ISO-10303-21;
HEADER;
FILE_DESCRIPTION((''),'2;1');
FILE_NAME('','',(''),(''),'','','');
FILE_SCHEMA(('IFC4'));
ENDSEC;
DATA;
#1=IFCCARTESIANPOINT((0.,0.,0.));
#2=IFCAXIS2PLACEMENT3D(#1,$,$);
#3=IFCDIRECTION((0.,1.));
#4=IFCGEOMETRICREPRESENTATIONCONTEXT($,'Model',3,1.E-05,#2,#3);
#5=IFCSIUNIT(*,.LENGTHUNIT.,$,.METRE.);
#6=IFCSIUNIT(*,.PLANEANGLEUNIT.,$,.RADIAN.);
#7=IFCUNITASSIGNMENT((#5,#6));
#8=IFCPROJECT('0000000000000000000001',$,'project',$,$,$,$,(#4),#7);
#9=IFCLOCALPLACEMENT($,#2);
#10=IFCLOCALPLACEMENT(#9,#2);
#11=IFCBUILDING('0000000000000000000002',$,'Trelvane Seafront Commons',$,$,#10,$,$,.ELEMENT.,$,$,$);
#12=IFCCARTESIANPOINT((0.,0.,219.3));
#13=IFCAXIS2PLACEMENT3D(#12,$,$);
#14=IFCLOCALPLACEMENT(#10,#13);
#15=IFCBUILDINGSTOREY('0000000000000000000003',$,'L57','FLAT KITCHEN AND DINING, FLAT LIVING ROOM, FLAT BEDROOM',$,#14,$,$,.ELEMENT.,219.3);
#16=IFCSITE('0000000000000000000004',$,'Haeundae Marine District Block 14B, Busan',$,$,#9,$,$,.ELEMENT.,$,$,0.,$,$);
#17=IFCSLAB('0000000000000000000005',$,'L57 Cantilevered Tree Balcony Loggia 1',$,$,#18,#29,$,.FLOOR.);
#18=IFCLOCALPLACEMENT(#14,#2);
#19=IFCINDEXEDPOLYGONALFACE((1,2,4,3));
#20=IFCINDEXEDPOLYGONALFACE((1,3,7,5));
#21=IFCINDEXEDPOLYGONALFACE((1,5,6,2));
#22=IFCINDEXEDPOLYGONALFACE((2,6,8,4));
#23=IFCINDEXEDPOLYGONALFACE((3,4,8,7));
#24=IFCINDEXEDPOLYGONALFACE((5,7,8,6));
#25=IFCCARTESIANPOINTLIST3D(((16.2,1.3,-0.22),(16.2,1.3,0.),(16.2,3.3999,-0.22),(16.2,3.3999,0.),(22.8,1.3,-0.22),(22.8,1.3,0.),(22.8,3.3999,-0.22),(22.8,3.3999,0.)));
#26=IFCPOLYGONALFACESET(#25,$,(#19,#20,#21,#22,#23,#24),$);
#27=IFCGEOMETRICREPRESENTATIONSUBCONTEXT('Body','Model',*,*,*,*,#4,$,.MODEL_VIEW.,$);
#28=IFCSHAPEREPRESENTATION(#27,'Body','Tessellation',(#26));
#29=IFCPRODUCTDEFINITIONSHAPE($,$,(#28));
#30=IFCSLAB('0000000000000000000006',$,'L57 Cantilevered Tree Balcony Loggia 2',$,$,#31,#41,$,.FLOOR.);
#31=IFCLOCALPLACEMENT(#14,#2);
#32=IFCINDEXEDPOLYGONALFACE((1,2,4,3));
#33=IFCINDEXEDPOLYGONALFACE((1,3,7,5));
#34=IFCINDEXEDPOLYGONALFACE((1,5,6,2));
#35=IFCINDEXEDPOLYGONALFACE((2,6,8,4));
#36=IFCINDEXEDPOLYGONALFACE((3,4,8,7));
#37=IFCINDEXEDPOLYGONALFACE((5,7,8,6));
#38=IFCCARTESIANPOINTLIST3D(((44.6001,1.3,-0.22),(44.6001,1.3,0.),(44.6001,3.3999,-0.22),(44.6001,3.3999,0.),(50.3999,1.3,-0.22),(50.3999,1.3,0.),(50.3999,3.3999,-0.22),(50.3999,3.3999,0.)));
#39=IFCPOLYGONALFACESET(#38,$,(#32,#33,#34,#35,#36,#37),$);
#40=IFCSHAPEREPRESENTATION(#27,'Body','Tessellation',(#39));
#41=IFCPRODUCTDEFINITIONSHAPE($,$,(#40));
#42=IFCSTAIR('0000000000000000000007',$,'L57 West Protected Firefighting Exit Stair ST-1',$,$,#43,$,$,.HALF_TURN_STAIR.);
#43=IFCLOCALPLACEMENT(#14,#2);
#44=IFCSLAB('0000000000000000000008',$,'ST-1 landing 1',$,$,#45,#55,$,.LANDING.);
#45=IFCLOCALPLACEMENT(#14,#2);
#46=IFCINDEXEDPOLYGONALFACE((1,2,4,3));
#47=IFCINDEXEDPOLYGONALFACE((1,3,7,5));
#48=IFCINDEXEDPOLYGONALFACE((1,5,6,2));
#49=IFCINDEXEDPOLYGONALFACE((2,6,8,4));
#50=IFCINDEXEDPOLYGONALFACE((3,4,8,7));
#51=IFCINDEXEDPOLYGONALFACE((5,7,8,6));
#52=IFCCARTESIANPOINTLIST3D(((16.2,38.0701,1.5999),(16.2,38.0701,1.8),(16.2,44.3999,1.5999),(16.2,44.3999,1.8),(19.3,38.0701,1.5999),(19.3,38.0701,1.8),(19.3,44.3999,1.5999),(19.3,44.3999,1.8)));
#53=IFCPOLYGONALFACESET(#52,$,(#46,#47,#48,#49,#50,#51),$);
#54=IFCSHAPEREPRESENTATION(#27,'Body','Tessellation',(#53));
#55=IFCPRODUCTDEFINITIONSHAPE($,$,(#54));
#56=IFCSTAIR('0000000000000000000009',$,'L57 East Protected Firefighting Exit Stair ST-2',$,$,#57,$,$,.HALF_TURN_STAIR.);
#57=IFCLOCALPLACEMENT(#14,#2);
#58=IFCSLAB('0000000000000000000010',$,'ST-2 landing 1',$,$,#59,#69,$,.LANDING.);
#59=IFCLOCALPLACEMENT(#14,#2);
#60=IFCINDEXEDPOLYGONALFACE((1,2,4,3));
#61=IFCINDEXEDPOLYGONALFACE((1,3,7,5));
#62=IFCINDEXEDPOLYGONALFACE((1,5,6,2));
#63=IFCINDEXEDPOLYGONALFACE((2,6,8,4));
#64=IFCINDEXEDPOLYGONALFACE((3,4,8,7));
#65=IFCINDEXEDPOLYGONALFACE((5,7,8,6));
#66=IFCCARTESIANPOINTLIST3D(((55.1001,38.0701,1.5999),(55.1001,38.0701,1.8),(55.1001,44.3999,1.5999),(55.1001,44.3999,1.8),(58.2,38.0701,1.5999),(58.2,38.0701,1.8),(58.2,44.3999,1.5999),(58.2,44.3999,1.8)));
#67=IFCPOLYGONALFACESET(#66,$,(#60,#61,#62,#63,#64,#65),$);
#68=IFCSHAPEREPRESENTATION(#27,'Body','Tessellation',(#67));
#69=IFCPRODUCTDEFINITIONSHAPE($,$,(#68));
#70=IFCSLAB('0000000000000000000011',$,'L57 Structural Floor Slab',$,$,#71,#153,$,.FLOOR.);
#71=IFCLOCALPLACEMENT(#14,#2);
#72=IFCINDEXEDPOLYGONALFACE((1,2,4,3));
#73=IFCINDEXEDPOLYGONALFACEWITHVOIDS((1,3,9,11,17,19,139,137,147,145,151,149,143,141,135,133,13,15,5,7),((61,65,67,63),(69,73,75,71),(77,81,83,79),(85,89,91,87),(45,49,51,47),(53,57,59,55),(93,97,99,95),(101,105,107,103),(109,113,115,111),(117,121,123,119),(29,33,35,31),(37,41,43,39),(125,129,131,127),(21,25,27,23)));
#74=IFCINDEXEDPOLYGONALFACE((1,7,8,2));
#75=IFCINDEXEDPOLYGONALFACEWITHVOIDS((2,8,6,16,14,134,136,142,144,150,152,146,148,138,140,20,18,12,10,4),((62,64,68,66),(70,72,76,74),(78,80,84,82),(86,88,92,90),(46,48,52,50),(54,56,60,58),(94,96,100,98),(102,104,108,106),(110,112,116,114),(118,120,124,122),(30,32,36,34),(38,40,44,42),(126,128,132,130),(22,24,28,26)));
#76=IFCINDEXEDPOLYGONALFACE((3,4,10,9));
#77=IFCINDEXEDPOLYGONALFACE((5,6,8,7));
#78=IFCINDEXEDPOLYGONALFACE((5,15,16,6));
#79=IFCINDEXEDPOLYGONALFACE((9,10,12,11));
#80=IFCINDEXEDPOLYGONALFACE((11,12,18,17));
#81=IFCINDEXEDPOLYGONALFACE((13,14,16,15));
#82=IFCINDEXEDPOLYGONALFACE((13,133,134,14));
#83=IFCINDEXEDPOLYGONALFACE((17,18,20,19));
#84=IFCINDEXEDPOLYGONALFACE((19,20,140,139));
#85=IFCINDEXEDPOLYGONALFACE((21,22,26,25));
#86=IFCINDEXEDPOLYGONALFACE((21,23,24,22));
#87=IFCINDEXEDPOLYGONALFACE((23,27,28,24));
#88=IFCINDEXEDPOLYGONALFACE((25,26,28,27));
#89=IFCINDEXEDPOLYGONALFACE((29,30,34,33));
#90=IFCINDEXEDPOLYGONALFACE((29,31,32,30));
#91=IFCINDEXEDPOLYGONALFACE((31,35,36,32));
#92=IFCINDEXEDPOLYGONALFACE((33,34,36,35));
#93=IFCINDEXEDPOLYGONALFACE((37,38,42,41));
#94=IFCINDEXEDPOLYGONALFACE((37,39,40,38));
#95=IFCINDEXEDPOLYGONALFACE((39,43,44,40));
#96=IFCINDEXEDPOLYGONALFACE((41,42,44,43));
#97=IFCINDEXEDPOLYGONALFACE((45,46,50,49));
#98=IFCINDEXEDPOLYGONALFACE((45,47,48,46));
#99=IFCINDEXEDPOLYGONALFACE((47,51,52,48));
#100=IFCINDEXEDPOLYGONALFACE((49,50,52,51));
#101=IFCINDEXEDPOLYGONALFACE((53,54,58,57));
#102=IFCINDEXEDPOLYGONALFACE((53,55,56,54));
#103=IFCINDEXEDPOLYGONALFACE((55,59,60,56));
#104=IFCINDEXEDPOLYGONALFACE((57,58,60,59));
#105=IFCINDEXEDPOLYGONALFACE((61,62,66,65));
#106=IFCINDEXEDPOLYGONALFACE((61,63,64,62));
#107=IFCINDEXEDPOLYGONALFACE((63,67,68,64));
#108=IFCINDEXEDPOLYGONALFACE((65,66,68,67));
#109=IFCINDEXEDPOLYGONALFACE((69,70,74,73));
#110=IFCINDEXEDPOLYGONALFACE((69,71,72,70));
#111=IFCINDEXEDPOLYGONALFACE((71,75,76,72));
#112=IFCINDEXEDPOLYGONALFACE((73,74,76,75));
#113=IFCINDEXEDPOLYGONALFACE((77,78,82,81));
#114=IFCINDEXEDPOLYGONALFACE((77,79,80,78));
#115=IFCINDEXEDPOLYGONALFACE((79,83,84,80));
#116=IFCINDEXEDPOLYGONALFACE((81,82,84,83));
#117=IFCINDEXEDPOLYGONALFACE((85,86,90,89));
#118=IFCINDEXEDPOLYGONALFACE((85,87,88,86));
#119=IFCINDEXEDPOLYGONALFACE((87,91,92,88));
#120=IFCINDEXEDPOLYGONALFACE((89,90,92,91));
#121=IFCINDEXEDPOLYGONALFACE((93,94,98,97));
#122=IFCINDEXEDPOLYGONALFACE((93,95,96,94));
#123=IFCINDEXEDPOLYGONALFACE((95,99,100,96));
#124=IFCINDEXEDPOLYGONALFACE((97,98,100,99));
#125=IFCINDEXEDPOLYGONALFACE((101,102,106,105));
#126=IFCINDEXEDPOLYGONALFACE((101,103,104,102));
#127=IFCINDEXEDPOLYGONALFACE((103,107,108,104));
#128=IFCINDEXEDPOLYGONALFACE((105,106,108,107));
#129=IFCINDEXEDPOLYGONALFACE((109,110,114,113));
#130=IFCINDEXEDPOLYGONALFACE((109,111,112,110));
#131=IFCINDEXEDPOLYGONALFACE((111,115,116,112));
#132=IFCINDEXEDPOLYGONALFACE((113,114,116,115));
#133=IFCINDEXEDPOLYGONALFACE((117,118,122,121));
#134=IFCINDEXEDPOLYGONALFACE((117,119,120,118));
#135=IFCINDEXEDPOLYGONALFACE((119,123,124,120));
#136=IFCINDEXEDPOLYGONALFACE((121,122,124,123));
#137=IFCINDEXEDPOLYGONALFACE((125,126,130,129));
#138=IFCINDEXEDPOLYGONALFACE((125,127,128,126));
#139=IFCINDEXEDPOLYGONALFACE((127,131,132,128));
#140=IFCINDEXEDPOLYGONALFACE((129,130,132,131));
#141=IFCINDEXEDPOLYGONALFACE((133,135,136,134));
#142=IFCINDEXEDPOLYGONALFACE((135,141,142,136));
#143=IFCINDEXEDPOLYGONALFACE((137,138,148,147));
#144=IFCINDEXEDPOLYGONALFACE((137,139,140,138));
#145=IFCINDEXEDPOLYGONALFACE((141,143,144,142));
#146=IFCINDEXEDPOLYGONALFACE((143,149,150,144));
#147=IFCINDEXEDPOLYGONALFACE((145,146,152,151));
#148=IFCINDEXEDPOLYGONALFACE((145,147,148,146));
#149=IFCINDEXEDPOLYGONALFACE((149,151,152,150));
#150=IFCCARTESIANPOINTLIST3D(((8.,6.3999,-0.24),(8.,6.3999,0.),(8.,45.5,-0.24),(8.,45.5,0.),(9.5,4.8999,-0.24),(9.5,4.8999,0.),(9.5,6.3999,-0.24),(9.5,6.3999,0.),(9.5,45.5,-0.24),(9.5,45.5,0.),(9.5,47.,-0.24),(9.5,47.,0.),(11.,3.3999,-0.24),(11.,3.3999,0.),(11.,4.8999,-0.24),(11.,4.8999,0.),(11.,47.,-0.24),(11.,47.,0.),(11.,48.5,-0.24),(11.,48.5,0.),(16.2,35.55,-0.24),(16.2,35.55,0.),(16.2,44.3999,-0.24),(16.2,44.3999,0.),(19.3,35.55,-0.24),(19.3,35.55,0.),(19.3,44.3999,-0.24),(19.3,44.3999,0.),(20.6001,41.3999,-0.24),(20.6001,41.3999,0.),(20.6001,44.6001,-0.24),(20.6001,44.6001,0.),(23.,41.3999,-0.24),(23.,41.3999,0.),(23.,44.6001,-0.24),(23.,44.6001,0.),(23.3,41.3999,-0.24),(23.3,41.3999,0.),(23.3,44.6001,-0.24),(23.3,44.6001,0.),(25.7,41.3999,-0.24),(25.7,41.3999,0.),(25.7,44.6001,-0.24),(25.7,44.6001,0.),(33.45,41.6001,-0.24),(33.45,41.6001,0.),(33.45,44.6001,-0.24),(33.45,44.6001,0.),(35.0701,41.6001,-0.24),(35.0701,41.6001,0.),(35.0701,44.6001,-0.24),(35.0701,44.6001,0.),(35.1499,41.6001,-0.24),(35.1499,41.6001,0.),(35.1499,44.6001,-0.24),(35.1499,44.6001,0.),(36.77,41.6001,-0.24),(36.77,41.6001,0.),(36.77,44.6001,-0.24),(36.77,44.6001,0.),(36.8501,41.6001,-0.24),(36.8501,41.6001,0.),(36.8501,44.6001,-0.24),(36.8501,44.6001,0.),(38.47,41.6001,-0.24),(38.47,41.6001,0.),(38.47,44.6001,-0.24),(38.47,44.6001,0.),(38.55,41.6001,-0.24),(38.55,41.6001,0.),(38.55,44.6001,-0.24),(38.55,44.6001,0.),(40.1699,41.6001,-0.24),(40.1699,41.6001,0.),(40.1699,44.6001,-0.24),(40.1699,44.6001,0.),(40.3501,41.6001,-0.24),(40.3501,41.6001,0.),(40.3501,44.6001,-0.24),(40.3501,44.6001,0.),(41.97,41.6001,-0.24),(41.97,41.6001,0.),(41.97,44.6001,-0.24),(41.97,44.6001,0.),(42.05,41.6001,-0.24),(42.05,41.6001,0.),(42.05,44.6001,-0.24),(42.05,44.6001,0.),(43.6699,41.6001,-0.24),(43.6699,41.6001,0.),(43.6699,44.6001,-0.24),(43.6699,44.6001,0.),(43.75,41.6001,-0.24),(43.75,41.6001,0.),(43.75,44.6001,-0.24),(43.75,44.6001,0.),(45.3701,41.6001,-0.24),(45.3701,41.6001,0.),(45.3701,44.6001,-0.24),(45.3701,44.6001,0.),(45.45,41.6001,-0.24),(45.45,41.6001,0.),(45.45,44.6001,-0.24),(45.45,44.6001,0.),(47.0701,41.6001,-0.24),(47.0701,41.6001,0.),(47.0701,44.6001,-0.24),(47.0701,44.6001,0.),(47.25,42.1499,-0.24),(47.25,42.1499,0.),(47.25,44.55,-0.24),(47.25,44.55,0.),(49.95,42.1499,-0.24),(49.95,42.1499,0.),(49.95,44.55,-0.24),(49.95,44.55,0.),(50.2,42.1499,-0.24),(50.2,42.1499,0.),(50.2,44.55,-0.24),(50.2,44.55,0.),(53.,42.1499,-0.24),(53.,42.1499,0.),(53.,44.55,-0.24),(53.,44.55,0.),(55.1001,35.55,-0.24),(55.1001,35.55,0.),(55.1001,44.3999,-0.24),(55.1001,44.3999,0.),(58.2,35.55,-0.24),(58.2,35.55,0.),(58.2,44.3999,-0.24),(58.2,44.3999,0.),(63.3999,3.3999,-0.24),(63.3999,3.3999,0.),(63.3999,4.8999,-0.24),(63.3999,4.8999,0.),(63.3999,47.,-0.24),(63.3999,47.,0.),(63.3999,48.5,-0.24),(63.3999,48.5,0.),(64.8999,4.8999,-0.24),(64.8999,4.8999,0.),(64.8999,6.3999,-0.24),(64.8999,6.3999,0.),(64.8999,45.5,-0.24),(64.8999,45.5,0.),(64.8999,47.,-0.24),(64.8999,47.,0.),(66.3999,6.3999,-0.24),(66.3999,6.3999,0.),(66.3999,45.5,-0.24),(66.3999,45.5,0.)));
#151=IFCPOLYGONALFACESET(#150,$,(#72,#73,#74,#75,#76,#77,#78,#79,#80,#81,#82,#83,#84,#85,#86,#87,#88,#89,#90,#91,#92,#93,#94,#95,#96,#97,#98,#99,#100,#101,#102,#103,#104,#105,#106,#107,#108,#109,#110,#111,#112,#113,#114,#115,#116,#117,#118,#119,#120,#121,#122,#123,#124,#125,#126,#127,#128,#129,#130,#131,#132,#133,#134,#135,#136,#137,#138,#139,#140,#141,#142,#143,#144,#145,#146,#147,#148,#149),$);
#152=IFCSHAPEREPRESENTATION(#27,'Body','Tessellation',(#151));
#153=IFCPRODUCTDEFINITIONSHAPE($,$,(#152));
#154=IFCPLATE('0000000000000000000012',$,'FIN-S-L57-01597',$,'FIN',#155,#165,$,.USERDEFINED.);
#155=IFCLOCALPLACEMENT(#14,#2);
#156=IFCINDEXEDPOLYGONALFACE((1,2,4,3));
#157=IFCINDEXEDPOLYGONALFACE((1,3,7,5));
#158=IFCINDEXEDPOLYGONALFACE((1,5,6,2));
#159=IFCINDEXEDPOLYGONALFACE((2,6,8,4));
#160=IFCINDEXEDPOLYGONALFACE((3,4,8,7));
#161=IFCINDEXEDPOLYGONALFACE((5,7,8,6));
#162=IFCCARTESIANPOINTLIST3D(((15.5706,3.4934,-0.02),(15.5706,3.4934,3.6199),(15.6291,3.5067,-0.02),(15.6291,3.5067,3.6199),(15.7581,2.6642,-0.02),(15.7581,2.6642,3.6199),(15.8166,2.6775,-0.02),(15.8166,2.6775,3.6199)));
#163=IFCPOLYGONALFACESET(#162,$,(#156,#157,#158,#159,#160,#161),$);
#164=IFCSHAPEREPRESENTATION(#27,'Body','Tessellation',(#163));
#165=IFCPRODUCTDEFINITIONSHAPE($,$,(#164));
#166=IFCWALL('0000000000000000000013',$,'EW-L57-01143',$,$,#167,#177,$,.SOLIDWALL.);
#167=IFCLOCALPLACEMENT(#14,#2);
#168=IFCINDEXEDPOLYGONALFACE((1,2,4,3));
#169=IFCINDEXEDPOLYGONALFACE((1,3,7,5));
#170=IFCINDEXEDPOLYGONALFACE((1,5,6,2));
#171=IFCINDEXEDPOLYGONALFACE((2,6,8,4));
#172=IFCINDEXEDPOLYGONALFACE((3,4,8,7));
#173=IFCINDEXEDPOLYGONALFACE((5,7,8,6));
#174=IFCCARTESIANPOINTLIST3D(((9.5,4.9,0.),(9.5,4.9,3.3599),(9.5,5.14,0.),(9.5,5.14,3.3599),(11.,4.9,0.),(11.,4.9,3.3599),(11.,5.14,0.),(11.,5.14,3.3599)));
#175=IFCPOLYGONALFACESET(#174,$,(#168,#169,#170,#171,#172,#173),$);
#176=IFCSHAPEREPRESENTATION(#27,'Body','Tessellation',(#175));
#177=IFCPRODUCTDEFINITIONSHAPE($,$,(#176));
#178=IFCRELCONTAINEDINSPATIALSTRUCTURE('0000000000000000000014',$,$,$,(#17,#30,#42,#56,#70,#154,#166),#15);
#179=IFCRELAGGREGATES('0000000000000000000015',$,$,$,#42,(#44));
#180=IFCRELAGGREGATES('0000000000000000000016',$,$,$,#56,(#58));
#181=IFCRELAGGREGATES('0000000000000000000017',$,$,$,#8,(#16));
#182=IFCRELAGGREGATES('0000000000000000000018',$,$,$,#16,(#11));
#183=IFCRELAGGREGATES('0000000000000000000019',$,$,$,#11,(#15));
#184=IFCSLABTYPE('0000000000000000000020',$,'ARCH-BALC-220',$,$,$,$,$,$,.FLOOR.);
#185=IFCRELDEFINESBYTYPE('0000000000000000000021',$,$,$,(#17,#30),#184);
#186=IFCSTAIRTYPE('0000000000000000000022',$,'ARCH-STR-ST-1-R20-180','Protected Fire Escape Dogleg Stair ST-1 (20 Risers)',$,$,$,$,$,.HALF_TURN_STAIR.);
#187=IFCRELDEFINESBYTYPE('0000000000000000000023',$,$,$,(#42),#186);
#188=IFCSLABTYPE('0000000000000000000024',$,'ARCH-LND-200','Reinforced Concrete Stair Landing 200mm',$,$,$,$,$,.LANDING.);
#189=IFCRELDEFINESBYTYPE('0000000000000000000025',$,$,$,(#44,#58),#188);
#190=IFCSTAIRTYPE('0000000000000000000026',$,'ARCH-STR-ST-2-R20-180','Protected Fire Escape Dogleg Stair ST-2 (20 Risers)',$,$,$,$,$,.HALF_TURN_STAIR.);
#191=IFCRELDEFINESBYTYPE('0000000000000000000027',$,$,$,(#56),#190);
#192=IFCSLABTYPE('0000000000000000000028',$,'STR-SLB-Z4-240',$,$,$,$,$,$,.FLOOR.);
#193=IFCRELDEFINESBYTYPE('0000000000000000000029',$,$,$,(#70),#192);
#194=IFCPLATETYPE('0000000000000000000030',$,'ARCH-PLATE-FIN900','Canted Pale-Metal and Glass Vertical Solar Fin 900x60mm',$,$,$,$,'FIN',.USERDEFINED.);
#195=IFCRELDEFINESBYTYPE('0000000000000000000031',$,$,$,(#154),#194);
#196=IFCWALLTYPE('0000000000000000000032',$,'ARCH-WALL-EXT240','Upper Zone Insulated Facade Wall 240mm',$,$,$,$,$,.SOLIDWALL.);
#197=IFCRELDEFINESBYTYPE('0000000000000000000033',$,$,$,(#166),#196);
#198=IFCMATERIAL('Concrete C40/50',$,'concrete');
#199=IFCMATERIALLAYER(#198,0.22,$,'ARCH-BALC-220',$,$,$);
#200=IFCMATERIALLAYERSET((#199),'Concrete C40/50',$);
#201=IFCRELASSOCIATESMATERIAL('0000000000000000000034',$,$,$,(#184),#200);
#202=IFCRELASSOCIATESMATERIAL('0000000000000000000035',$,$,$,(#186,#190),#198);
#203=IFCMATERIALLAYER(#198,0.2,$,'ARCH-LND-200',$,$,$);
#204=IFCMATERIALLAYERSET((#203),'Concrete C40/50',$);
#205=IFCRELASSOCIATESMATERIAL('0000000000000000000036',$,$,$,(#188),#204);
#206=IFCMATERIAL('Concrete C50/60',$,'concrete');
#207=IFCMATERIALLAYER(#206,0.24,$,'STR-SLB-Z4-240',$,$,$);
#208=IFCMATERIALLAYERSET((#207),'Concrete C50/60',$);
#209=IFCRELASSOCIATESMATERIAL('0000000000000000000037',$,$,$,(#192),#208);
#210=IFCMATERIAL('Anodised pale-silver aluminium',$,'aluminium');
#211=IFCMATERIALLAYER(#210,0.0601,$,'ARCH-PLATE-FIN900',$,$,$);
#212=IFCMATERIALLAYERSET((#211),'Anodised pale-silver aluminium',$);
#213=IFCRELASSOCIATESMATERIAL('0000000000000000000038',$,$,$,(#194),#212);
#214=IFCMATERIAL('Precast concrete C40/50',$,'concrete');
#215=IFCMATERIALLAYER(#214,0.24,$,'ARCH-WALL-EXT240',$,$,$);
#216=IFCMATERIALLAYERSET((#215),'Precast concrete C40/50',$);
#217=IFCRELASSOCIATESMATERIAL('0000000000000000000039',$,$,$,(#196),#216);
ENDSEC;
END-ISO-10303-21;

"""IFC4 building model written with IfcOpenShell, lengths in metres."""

from ifc_helpers import new_model, si_unit, direction, frame, frame_2d, origin, origin_2d, place, context, subcontext, project, spatial, polyline, rectangle, outline, extrude, source, transform, mapped, material, layer, layer_set, type_object, element, aggregate, save


model = new_model("IFC4")

# Units and contexts
model_context = context("Model", 3, precision=1e-05, world=origin(), true_north=direction((0.0, 1.0)))
body_context = subcontext(model_context, "Body", "Model", "MODEL_VIEW")
ifc_project = project(units=[si_unit("LENGTHUNIT", "METRE"), si_unit("PLANEANGLEUNIT", "RADIAN")], contexts=[model_context])

# Site, building, storey
site_placement = place(None, origin())
site = spatial("IfcSite", under=ifc_project, at=site_placement, Name="Haeundae Marine District Block 14B, Busan", CompositionType="ELEMENT", RefElevation=0.0)
building_placement = place(site_placement, origin())
building = spatial("IfcBuilding", under=site, at=building_placement, Name="Trelvane Seafront Commons", CompositionType="ELEMENT")
storey_placement = place(building_placement, frame((0.0, 0.0, 219.3)))
storey = spatial("IfcBuildingStorey", under=building, at=storey_placement, Name="L57", Description="FLAT KITCHEN AND DINING, FLAT LIVING ROOM, FLAT BEDROOM", CompositionType="ELEMENT", Elevation=219.3)

# Slabs
ifc_material_1 = material(Name="Concrete C40/50", Category="concrete")
ifc_layer_1 = layer(ifc_material_1, 0.22, Name="ARCH-BALC-220")
ifc_layer_set_1 = layer_set([ifc_layer_1], Name="Concrete C40/50")
slab_type_1 = type_object("IfcSlabType", Name="ARCH-BALC-220", PredefinedType="FLOOR", material=ifc_layer_set_1)
slab_1_placement = place(storey_placement, frame((0.0, 0.0, -0.22)))
element("IfcSlab", 1, at=slab_1_placement, inside=storey, type_object=slab_type_1, Name="L57 Cantilevered Tree Balcony Loggia 1", PredefinedType="FLOOR", context=body_context, shape_type="SweptSolid", body=[
    extrude(outline(polyline([(16.2, 1.3), (22.8, 1.3), (22.8, 3.3999), (16.2, 3.3999), (16.2, 1.3)])), origin(), (0.0, 0.0, 1.0), 0.22),
])
slab_2_placement = place(storey_placement, frame((0.0, 0.0, -0.22)))
element("IfcSlab", 2, at=slab_2_placement, inside=storey, type_object=slab_type_1, Name="L57 Cantilevered Tree Balcony Loggia 2", PredefinedType="FLOOR", context=body_context, shape_type="SweptSolid", body=[
    extrude(outline(polyline([(44.6001, 1.3), (50.3999, 1.3), (50.3999, 3.3999), (44.6001, 3.3999), (44.6001, 1.3)])), origin(), (0.0, 0.0, 1.0), 0.22),
])

# Stairs, slabs
stair_type_1 = type_object("IfcStairType", Name="ARCH-STR-ST-1-R20-180", Description="Protected Fire Escape Dogleg Stair ST-1 (20 Risers)", PredefinedType="HALF_TURN_STAIR", material=ifc_material_1)
stair_1_placement = place(storey_placement, origin())
stair_1 = element("IfcStair", 3, at=stair_1_placement, inside=storey, type_object=stair_type_1, Name="L57 West Protected Firefighting Exit Stair ST-1", PredefinedType="HALF_TURN_STAIR")
ifc_layer_2 = layer(ifc_material_1, 0.2, Name="ARCH-LND-200")
ifc_layer_set_2 = layer_set([ifc_layer_2], Name="Concrete C40/50")
slab_type_2 = type_object("IfcSlabType", Name="ARCH-LND-200", Description="Reinforced Concrete Stair Landing 200mm", PredefinedType="LANDING", material=ifc_layer_set_2)
slab_3_placement = place(storey_placement, frame((0.0, 0.0, 1.5999)))
slab_3 = element("IfcSlab", 4, at=slab_3_placement, type_object=slab_type_2, Name="ST-1 landing 1", PredefinedType="LANDING", context=body_context, shape_type="SweptSolid", body=[
    extrude(outline(polyline([(19.3, 38.0701), (19.3, 44.3999), (16.2, 44.3999), (16.2, 38.0701), (19.3, 38.0701)])), origin(), (0.0, 0.0, 1.0), 0.2002),
])
aggregate(stair_1, [slab_3])
stair_type_2 = type_object("IfcStairType", Name="ARCH-STR-ST-2-R20-180", Description="Protected Fire Escape Dogleg Stair ST-2 (20 Risers)", PredefinedType="HALF_TURN_STAIR", material=ifc_material_1)
stair_2_placement = place(storey_placement, origin())
stair_2 = element("IfcStair", 5, at=stair_2_placement, inside=storey, type_object=stair_type_2, Name="L57 East Protected Firefighting Exit Stair ST-2", PredefinedType="HALF_TURN_STAIR")
slab_4_placement = place(storey_placement, frame((0.0, 0.0, 1.5999)))
slab_4 = element("IfcSlab", 6, at=slab_4_placement, type_object=slab_type_2, Name="ST-2 landing 1", PredefinedType="LANDING", context=body_context, shape_type="SweptSolid", body=[
    extrude(outline(polyline([(58.2, 38.0701), (58.2, 44.3999), (55.1001, 44.3999), (55.1001, 38.0701), (58.2, 38.0701)])), origin(), (0.0, 0.0, 1.0), 0.2002),
])
aggregate(stair_2, [slab_4])

# Slab
ifc_material_2 = material(Name="Concrete C50/60", Category="concrete")
ifc_layer_3 = layer(ifc_material_2, 0.24, Name="STR-SLB-Z4-240")
ifc_layer_set_3 = layer_set([ifc_layer_3], Name="Concrete C50/60")
slab_type_3 = type_object("IfcSlabType", Name="STR-SLB-Z4-240", PredefinedType="FLOOR", material=ifc_layer_set_3)
slab_5_placement = place(storey_placement, frame((0.0, 0.0, -0.24)))
element("IfcSlab", 7, at=slab_5_placement, inside=storey, type_object=slab_type_3, Name="L57 Structural Floor Slab", PredefinedType="FLOOR", context=body_context, shape_type="SweptSolid", body=[
    extrude(outline(polyline([(11.0, 3.3999), (63.3999, 3.3999), (63.3999, 4.8999), (64.8999, 4.8999), (64.8999, 6.3999), (66.3999, 6.3999), (66.3999, 45.5), (64.8999, 45.5), (64.8999, 47.0), (63.3999, 47.0), (63.3999, 48.5), (11.0, 48.5), (11.0, 47.0), (9.5, 47.0), (9.5, 45.5), (8.0, 45.5), (8.0, 6.3999), (9.5, 6.3999), (9.5, 4.8999), (11.0, 4.8999), (11.0, 3.3999)]), holes=[polyline([(19.3, 35.55), (16.2, 35.55), (16.2, 44.3999), (19.3, 44.3999), (19.3, 35.55)]), polyline([(20.6001, 41.3999), (20.6001, 44.6001), (23.0, 44.6001), (23.0, 41.3999), (20.6001, 41.3999)]), polyline([(23.3, 41.3999), (23.3, 44.6001), (25.7, 44.6001), (25.7, 41.3999), (23.3, 41.3999)]), polyline([(33.45, 41.6001), (33.45, 44.6001), (35.0701, 44.6001), (35.0701, 41.6001), (33.45, 41.6001)]), polyline([(35.1499, 41.6001), (35.1499, 44.6001), (36.77, 44.6001), (36.77, 41.6001), (35.1499, 41.6001)]), polyline([(36.8501, 41.6001), (36.8501, 44.6001), (38.47, 44.6001), (38.47, 41.6001), (36.8501, 41.6001)]), polyline([(38.55, 41.6001), (38.55, 44.6001), (40.1699, 44.6001), (40.1699, 41.6001), (38.55, 41.6001)]), polyline([(58.2, 35.55), (55.1001, 35.55), (55.1001, 44.3999), (58.2, 44.3999), (58.2, 35.55)]), polyline([(40.3501, 41.6001), (40.3501, 44.6001), (41.97, 44.6001), (41.97, 41.6001), (40.3501, 41.6001)]), polyline([(42.05, 41.6001), (42.05, 44.6001), (43.6699, 44.6001), (43.6699, 41.6001), (42.05, 41.6001)]), polyline([(43.75, 41.6001), (43.75, 44.6001), (45.3701, 44.6001), (45.3701, 41.6001), (43.75, 41.6001)]), polyline([(45.45, 41.6001), (45.45, 44.6001), (47.0701, 44.6001), (47.0701, 41.6001), (45.45, 41.6001)]), polyline([(47.25, 42.1499), (47.25, 44.55), (49.95, 44.55), (49.95, 42.1499), (47.25, 42.1499)]), polyline([(50.2, 42.1499), (50.2, 44.55), (53.0, 44.55), (53.0, 42.1499), (50.2, 42.1499)])]), origin(), (0.0, 0.0, 1.0), 0.24),
])

# Plate
ifc_material_3 = material(Name="Anodised pale-silver aluminium", Category="aluminium")
ifc_layer_4 = layer(ifc_material_3, 0.0601, Name="ARCH-PLATE-FIN900")
ifc_layer_set_4 = layer_set([ifc_layer_4], Name="Anodised pale-silver aluminium")
plate_type = type_object("IfcPlateType", Name="ARCH-PLATE-FIN900", Description="Canted Pale-Metal and Glass Vertical Solar Fin 900x60mm", ElementType="FIN", PredefinedType="USERDEFINED", material=ifc_layer_set_4)
shared_shape_1 = source(origin(), body_context, "Body", "SweptSolid", [
    extrude(rectangle(XDim=0.8501, YDim=0.0601, at=origin_2d()), origin(), (0.0, 0.0, 1.0), 3.6399),
])
plate_placement = place(storey_placement, frame((15.6936, 3.0854, -0.02), z_axis=(0.0, 0.0, 1.0), x_axis=(0.220578, -0.975369, 0.0)))
element("IfcPlate", 8, at=plate_placement, inside=storey, type_object=plate_type, Name="FIN-S-L57-01597", ObjectType="FIN", PredefinedType="USERDEFINED", context=body_context, shape_type="MappedRepresentation", body=[
    mapped(shared_shape_1, transform((0.0, 0.0, 0.0), x_axis=(1.0, 0.0, 0.0), y_axis=(0.0, 1.0, 0.0), z_axis=(0.0, 0.0, 1.0), scale=1.0)),
])

# Wall
ifc_material_4 = material(Name="Precast concrete C40/50", Category="concrete")
ifc_layer_5 = layer(ifc_material_4, 0.24, Name="ARCH-WALL-EXT240")
ifc_layer_set_5 = layer_set([ifc_layer_5], Name="Precast concrete C40/50")
wall_type_1 = type_object("IfcWallType", Name="ARCH-WALL-EXT240", Description="Upper Zone Insulated Facade Wall 240mm", PredefinedType="SOLIDWALL", material=ifc_layer_set_5)
for number, where, z_axis, x_axis, name in (
    (9, (11.0, 5.02, 0.0), (0.0, 0.0, 1.0), (-1.0, 0.0, 0.0), "EW-L57-01143"),
):
    element("IfcWall", number, at=place(storey_placement, frame(where, z_axis=z_axis, x_axis=x_axis)), inside=storey, type_object=wall_type_1, Name=name, PredefinedType="SOLIDWALL", context=body_context, shape_type="SweptSolid", body=[
        extrude(rectangle(XDim=1.5, YDim=0.24, at=frame_2d((0.75, 0.0))), origin(), (0.0, 0.0, 1.0), 3.3599),
    ])

save(model, "model.ifc")
